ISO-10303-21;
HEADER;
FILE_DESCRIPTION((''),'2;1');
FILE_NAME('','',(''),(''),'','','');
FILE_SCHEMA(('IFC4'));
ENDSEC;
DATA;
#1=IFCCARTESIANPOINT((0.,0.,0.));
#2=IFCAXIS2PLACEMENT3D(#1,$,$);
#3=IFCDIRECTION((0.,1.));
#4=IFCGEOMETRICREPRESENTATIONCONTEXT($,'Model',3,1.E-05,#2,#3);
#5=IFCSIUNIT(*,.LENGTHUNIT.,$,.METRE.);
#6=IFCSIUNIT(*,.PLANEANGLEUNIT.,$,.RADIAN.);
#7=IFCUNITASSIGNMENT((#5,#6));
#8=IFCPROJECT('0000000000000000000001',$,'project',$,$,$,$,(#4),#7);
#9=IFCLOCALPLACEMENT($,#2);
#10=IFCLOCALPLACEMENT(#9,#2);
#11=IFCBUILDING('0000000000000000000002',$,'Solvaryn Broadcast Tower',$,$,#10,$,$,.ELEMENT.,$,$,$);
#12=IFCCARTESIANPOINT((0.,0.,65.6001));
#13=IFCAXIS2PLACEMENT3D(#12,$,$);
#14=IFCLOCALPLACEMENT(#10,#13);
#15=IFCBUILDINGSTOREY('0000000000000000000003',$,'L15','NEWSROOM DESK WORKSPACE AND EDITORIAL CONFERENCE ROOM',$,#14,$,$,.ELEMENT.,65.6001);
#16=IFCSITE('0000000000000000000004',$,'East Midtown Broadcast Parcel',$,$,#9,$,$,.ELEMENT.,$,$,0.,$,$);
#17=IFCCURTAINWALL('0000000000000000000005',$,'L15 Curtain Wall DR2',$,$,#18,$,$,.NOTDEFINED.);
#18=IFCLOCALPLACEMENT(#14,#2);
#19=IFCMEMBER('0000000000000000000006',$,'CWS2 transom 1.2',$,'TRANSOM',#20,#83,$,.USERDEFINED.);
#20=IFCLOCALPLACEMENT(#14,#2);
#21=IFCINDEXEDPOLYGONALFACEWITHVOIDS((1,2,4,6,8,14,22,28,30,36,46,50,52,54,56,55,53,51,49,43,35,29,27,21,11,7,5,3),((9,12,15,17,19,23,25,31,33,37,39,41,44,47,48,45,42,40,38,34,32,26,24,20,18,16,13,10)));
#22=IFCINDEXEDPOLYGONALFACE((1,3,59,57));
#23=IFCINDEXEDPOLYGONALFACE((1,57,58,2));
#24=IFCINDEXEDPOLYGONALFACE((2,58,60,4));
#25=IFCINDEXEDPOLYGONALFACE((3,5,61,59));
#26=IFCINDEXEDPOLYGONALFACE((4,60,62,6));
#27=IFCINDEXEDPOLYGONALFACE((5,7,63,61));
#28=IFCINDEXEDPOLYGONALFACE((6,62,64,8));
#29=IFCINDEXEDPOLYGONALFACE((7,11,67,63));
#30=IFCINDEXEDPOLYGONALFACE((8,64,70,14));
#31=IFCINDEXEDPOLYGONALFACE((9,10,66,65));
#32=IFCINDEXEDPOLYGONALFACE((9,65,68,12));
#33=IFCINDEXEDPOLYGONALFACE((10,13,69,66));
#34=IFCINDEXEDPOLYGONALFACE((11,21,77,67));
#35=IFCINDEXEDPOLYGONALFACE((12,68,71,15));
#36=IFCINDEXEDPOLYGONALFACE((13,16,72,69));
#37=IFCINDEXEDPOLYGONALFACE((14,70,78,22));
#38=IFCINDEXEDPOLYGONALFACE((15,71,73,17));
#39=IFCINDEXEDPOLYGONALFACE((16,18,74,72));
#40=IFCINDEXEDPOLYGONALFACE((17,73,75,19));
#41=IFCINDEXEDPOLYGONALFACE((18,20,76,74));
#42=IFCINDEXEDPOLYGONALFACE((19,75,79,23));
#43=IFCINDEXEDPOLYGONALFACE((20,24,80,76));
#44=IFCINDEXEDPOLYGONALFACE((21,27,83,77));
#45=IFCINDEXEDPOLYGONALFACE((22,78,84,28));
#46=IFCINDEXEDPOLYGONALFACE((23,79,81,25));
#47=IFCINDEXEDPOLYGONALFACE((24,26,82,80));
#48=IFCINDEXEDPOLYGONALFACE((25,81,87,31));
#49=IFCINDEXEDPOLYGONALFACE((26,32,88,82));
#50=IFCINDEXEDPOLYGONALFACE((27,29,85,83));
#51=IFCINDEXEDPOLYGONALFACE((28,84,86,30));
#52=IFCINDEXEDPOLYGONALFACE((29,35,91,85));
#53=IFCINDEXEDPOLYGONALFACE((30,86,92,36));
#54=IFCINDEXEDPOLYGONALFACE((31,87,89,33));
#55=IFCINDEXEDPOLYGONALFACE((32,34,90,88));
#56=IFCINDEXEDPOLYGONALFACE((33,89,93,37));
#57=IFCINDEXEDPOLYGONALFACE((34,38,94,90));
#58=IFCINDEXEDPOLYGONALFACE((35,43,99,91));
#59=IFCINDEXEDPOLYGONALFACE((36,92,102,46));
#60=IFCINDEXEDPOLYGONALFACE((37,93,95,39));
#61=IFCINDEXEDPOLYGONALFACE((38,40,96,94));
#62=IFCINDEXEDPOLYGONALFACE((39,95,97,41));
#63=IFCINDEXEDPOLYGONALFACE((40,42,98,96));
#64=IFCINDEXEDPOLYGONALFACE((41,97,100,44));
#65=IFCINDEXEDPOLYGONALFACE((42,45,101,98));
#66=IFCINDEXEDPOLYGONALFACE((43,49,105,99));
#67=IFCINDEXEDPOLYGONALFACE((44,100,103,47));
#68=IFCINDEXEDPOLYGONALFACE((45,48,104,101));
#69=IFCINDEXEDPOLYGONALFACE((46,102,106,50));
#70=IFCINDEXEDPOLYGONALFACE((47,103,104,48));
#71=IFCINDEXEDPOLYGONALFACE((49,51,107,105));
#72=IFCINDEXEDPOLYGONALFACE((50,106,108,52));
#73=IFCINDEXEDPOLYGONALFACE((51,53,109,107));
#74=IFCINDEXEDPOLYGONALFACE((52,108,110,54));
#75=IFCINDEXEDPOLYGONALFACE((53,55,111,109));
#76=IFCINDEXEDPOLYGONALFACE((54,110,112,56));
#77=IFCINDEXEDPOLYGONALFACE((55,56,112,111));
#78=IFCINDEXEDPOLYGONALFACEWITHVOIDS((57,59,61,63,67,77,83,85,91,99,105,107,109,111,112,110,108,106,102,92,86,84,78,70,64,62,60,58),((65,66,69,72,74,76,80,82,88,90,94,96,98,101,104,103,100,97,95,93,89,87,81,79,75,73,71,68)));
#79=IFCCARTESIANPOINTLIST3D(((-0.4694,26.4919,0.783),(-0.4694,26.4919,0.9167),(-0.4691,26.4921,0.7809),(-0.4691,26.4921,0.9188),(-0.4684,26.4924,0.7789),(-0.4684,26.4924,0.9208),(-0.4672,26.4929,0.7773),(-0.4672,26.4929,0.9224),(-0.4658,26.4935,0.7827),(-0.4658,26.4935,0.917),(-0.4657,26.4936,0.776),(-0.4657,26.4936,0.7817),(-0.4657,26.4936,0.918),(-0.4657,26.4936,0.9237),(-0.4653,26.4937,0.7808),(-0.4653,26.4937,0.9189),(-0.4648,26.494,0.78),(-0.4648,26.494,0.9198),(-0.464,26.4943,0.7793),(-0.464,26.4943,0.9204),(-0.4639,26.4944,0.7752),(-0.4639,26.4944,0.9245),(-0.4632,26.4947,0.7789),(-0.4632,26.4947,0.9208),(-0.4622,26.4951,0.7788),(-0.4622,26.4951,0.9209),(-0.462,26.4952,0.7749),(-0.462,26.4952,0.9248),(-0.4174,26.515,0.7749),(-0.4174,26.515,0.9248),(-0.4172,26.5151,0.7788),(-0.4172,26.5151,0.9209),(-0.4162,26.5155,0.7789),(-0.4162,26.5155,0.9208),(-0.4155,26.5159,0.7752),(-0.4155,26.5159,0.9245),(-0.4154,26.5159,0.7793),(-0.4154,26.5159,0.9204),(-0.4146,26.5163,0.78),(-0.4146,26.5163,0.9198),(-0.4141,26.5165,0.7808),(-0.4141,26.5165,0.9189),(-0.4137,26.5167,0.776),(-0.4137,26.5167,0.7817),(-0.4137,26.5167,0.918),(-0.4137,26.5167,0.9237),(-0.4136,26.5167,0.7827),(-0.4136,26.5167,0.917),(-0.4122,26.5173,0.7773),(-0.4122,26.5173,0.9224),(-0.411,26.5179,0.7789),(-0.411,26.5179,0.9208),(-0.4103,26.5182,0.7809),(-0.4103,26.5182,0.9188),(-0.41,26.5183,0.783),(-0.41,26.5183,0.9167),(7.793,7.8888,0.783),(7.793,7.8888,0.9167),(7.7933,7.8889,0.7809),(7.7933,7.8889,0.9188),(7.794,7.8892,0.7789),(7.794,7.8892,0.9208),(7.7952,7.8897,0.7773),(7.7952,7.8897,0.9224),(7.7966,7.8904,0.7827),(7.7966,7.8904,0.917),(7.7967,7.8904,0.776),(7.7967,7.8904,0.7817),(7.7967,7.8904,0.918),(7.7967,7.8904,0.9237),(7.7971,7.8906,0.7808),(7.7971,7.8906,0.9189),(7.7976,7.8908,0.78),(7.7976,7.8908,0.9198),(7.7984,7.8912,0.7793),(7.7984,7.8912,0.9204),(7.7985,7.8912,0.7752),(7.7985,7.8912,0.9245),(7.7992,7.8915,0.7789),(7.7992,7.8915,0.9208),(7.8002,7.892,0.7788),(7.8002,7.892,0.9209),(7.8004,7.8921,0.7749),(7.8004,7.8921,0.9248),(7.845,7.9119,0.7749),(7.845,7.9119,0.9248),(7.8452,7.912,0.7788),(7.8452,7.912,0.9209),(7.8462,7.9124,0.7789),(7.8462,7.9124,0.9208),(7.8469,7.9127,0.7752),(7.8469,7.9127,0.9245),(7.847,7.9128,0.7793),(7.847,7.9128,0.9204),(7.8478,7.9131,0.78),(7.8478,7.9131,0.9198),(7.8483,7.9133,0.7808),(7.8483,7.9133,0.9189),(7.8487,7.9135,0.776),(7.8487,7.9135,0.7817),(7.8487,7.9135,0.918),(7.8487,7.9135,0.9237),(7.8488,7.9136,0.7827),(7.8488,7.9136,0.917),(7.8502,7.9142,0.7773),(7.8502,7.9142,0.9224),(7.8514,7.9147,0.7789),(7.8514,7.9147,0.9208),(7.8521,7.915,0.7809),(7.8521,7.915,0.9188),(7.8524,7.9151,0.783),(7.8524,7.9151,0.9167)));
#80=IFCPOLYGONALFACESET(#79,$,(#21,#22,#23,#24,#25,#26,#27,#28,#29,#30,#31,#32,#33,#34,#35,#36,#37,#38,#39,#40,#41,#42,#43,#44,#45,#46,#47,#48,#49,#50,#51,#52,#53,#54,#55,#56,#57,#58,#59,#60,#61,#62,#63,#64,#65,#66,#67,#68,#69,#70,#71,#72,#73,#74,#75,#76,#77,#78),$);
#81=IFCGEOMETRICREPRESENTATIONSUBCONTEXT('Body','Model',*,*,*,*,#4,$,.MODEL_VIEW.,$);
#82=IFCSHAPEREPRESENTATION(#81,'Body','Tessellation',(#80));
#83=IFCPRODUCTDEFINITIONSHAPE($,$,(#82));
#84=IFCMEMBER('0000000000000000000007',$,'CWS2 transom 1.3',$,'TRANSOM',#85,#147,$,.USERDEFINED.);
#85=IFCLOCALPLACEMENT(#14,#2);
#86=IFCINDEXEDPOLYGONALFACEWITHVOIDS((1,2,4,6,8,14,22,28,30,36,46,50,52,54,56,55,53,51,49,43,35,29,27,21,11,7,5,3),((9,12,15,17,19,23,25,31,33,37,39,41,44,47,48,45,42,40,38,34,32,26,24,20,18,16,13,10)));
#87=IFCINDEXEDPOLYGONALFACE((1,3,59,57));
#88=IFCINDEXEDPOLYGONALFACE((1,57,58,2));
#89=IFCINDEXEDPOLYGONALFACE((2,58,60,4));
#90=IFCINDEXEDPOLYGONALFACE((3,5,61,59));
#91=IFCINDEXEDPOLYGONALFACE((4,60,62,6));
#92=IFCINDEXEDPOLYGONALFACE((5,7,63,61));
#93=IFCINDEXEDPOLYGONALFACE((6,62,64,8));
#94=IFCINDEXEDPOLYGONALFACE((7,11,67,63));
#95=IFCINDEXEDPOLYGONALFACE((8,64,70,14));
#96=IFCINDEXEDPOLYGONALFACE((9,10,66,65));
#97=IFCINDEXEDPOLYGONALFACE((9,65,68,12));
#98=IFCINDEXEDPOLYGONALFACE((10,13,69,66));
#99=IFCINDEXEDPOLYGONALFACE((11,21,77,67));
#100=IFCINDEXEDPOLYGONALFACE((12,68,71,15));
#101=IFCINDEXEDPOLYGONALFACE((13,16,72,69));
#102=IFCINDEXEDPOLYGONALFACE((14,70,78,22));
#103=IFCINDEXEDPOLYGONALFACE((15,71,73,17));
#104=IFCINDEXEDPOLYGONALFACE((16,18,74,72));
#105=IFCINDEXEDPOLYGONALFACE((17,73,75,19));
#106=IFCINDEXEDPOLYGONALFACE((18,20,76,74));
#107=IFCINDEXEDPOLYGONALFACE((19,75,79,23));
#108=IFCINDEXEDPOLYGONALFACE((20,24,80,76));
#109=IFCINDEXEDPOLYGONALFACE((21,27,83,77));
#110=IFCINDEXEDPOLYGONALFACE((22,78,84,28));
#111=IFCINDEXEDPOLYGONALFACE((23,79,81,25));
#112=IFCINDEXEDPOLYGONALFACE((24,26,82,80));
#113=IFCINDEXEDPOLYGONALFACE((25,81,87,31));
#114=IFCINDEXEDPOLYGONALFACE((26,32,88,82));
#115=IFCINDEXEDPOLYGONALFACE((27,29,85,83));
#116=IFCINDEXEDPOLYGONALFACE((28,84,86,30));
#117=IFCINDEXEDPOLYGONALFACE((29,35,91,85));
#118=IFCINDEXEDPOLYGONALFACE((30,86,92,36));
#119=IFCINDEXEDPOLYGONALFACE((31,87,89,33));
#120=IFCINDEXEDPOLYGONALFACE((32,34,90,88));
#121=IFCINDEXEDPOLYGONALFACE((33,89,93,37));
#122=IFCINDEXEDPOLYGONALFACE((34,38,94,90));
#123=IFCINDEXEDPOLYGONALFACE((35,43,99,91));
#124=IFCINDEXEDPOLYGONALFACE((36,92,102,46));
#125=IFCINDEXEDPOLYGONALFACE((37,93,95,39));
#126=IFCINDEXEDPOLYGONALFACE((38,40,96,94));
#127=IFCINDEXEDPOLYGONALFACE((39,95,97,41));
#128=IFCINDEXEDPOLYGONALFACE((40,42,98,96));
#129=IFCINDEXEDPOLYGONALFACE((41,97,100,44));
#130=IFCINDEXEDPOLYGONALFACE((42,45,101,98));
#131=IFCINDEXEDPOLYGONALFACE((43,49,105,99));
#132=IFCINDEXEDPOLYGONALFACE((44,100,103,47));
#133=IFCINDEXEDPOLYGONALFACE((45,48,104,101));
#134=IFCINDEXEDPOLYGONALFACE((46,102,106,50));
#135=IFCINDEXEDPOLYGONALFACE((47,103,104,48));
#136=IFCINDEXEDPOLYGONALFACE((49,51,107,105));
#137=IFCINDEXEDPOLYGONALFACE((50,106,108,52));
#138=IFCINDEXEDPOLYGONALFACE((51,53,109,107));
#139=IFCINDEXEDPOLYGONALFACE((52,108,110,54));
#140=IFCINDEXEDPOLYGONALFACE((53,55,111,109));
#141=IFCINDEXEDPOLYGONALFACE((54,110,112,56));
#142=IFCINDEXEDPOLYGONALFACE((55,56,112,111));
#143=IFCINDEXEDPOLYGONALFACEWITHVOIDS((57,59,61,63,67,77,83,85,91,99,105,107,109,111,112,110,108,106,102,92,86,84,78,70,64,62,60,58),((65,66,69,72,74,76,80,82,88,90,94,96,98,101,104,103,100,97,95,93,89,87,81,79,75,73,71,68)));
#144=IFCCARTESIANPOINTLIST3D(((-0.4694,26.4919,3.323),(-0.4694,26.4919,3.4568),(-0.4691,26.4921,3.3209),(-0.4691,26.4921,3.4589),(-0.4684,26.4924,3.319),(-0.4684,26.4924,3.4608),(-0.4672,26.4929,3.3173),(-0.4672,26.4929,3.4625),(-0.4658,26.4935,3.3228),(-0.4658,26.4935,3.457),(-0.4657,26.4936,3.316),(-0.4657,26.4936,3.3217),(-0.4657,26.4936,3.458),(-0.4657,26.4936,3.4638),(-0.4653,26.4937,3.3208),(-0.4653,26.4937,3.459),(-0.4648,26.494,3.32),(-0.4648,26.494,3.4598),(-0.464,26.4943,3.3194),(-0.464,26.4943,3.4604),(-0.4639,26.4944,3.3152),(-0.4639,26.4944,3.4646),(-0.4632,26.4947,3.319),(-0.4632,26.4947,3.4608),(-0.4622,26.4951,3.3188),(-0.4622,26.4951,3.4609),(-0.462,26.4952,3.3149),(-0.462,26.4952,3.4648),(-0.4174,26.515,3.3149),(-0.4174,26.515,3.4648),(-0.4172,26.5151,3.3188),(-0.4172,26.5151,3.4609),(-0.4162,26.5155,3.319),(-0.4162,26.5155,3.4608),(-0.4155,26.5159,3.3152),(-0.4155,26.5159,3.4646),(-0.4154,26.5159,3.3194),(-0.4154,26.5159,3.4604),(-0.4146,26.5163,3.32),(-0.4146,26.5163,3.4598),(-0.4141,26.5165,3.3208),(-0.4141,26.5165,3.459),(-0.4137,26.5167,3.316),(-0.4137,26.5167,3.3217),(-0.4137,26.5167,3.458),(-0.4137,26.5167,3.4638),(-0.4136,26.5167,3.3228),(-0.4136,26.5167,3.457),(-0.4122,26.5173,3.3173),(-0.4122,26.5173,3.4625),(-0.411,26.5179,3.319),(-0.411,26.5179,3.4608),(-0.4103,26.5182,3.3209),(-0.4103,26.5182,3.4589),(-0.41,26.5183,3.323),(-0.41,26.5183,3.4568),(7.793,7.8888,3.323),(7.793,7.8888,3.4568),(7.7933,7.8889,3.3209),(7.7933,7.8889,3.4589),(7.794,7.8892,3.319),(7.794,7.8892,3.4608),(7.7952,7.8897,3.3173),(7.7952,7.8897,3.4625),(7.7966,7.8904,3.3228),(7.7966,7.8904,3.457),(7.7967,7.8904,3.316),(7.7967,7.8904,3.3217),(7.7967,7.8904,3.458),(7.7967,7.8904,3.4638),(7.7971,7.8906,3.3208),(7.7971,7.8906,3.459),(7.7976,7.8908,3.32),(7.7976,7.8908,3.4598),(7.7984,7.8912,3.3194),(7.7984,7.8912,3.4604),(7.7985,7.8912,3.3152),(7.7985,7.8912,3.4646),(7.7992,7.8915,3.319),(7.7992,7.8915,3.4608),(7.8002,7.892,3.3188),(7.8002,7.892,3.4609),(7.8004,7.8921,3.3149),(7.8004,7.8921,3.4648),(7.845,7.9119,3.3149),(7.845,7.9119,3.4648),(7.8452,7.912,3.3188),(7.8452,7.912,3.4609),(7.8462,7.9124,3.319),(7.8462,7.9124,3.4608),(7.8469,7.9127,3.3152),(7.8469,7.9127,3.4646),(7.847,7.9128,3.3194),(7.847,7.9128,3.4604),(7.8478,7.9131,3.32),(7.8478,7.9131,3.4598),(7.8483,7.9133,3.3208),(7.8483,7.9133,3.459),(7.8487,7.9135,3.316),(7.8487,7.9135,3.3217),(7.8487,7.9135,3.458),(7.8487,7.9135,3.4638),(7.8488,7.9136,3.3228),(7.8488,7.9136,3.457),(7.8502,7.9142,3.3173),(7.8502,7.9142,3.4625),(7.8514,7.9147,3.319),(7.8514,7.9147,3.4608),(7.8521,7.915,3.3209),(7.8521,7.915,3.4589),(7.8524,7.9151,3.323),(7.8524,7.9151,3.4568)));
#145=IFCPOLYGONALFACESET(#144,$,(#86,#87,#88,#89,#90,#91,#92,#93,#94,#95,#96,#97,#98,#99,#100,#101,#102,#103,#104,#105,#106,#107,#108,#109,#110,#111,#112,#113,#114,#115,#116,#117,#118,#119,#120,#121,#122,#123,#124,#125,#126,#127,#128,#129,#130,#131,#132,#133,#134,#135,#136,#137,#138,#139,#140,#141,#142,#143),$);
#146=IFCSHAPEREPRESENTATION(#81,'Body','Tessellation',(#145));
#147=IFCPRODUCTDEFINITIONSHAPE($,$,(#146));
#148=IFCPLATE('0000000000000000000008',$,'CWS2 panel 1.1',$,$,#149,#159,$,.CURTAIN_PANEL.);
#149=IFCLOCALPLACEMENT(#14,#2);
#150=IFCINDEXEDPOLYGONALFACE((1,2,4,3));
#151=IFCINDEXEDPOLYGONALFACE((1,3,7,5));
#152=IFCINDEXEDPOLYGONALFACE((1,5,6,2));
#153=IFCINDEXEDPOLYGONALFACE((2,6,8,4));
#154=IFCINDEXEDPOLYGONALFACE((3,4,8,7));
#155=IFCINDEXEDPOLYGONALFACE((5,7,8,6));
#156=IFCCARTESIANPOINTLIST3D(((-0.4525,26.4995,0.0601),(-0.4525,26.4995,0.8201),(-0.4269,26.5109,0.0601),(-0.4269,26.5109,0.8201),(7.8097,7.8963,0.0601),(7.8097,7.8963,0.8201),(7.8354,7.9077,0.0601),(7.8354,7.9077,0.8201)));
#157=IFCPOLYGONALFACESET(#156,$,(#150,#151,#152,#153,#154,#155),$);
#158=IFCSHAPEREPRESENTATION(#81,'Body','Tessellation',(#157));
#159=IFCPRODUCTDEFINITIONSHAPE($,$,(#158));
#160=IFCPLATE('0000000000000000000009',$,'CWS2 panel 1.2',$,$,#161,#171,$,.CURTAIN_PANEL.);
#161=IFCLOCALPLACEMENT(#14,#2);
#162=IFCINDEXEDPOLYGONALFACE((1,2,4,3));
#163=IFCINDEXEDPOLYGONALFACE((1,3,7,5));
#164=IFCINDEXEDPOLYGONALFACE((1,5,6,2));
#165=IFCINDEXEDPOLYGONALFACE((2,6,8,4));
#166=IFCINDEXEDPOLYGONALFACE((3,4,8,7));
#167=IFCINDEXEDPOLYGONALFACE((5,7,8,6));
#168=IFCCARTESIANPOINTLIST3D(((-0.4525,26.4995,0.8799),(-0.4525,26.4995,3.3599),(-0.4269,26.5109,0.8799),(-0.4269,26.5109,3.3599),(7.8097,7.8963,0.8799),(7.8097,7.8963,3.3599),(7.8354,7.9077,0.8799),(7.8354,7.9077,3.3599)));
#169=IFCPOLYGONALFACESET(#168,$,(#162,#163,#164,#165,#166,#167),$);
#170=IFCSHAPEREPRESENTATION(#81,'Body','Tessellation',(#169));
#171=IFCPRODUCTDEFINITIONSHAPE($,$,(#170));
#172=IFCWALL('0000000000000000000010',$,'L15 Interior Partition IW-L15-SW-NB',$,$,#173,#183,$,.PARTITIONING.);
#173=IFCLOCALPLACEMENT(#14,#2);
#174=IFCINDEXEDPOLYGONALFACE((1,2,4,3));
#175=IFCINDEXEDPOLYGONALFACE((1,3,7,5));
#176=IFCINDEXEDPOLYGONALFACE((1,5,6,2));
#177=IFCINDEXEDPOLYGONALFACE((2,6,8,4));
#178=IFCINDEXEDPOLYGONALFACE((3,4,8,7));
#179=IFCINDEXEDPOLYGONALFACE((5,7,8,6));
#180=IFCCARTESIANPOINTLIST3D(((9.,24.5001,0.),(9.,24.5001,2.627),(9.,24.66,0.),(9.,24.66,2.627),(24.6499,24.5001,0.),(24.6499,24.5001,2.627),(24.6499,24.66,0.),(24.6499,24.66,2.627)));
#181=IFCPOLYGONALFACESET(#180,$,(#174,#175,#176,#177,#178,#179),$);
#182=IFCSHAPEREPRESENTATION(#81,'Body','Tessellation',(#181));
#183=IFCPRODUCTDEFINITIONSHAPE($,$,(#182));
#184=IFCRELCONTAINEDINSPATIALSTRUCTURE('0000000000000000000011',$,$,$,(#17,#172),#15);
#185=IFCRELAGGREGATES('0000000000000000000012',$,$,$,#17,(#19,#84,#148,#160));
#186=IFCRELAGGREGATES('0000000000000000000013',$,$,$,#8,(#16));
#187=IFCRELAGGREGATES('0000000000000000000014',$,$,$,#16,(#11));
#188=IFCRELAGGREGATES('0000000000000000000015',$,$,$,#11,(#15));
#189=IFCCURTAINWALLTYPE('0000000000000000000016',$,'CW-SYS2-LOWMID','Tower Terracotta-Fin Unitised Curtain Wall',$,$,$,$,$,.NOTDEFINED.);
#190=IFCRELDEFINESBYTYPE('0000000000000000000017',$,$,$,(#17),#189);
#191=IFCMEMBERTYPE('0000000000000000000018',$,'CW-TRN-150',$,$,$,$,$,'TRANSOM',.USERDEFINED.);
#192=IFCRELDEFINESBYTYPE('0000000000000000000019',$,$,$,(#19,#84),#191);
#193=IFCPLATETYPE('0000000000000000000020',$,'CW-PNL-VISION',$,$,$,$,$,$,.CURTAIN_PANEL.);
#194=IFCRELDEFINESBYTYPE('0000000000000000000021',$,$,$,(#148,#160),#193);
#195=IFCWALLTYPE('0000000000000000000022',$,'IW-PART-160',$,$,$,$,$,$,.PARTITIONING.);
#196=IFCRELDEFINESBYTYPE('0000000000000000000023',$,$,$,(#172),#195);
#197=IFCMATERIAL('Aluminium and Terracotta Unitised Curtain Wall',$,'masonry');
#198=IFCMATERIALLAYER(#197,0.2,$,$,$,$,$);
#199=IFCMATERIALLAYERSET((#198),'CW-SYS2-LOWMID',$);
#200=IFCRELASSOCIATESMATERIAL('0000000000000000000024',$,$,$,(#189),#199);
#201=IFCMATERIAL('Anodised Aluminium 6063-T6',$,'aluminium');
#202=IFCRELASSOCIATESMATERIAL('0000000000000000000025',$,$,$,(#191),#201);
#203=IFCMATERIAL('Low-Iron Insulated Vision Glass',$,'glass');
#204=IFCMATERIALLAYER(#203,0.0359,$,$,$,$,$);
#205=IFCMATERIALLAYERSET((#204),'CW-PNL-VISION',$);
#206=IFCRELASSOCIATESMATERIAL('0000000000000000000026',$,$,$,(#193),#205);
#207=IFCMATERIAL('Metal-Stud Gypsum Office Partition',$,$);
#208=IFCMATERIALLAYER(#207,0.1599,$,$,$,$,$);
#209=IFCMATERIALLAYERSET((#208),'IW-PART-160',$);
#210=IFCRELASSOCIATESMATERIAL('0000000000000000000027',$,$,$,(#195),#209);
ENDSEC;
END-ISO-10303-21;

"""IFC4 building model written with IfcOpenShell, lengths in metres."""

from ifc_helpers import new_model, si_unit, direction, frame, frame_2d, origin, origin_2d, place, context, subcontext, project, spatial, rectangle, hollow_rectangle, extrude, material, layer, layer_set, material_profile, profile_set, type_object, element, aggregate, save


model = new_model("IFC4")

# Units and contexts
model_context = context("Model", 3, precision=1e-05, world=origin(), true_north=direction((0.0, 1.0)))
body_context = subcontext(model_context, "Body", "Model", "MODEL_VIEW")
ifc_project = project(units=[si_unit("LENGTHUNIT", "METRE"), si_unit("PLANEANGLEUNIT", "RADIAN")], contexts=[model_context])

# Site, building, storey
site_placement = place(None, origin())
site = spatial("IfcSite", under=ifc_project, at=site_placement, Name="East Midtown Broadcast Parcel", CompositionType="ELEMENT", RefElevation=0.0)
building_placement = place(site_placement, origin())
building = spatial("IfcBuilding", under=site, at=building_placement, Name="Solvaryn Broadcast Tower", CompositionType="ELEMENT")
storey_placement = place(building_placement, frame((0.0, 0.0, 65.6001)))
storey = spatial("IfcBuildingStorey", under=building, at=storey_placement, Name="L15", Description="NEWSROOM DESK WORKSPACE AND EDITORIAL CONFERENCE ROOM", CompositionType="ELEMENT", Elevation=65.6001)

# Shared definitions
ifc_material_1 = material(Name="Aluminium and Terracotta Unitised Curtain Wall", Category="masonry")
ifc_layer_1 = layer(ifc_material_1, 0.2)
ifc_layer_set_1 = layer_set([ifc_layer_1], Name="CW-SYS2-LOWMID")
curtain_wall_type = type_object("IfcCurtainWallType", Name="CW-SYS2-LOWMID", Description="Tower Terracotta-Fin Unitised Curtain Wall", PredefinedType="NOTDEFINED", material=ifc_layer_set_1)

# Curtain wall, members, plates
curtain_wall_1_placement = place(storey_placement, origin())
curtain_wall_1 = element("IfcCurtainWall", 1, at=curtain_wall_1_placement, inside=storey, type_object=curtain_wall_type, Name="L15 Curtain Wall DR2", PredefinedType="NOTDEFINED")
ifc_material_2 = material(Name="Anodised Aluminium 6063-T6", Category="aluminium")
ifc_material_profile_1 = material_profile(ifc_material_2, hollow_rectangle(XDim=0.0649, YDim=0.1499, WallThickness=0.0039, InnerFilletRadius=0.0039, OuterFilletRadius=0.0081, at=origin_2d()))
ifc_profile_set_1 = profile_set([ifc_material_profile_1], Name="Anodised Aluminium 6063-T6")
member_type_1 = type_object("IfcMemberType", Name="CW-TRN-150", ElementType="TRANSOM", PredefinedType="USERDEFINED", material=ifc_profile_set_1)
member_1_placement = place(storey_placement, frame((-0.4397, 26.5051, 0.8499), z_axis=(0.405906, -0.913915, 0.0), x_axis=(0.913915, 0.405906, 0.0)))
member_1 = element("IfcMember", 2, at=member_1_placement, type_object=member_type_1, Name="CWS2 transom 1.2", ObjectType="TRANSOM", PredefinedType="USERDEFINED", context=body_context, shape_type="SweptSolid", body=[
    extrude(hollow_rectangle(XDim=0.0649, YDim=0.1499, WallThickness=0.0039, InnerFilletRadius=0.0039, OuterFilletRadius=0.0081, at=origin_2d()), origin(), (0.0, 0.0, 1.0), 20.3555),
])
member_2_placement = place(storey_placement, frame((-0.4397, 26.5051, 3.3899), z_axis=(0.405906, -0.913915, 0.0), x_axis=(0.913915, 0.405906, 0.0)))
member_2 = element("IfcMember", 3, at=member_2_placement, type_object=member_type_1, Name="CWS2 transom 1.3", ObjectType="TRANSOM", PredefinedType="USERDEFINED", context=body_context, shape_type="SweptSolid", body=[
    extrude(hollow_rectangle(XDim=0.0649, YDim=0.1499, WallThickness=0.0039, InnerFilletRadius=0.0039, OuterFilletRadius=0.0081, at=origin_2d()), origin(), (0.0, 0.0, 1.0), 20.3555),
])
ifc_material_3 = material(Name="Low-Iron Insulated Vision Glass", Category="glass")
ifc_layer_2 = layer(ifc_material_3, 0.0359)
ifc_layer_set_2 = layer_set([ifc_layer_2], Name="CW-PNL-VISION")
plate_type = type_object("IfcPlateType", Name="CW-PNL-VISION", PredefinedType="CURTAIN_PANEL", material=ifc_layer_set_2)
plate_1_placement = place(storey_placement, frame((3.6914, 17.2036, 0.0601), z_axis=(0.0, 0.0, 1.0), x_axis=(0.405898, -0.913918, 0.0)))
plate_1 = element("IfcPlate", 4, at=plate_1_placement, type_object=plate_type, Name="CWS2 panel 1.1", PredefinedType="CURTAIN_PANEL", context=body_context, shape_type="SweptSolid", body=[
    extrude(rectangle(XDim=20.3555, YDim=0.0281, at=origin_2d()), origin(), (0.0, 0.0, 1.0), 0.76),
])
plate_2_placement = place(storey_placement, frame((3.6914, 17.2036, 0.8799), z_axis=(0.0, 0.0, 1.0), x_axis=(0.405898, -0.913918, 0.0)))
plate_2 = element("IfcPlate", 5, at=plate_2_placement, type_object=plate_type, Name="CWS2 panel 1.2", PredefinedType="CURTAIN_PANEL", context=body_context, shape_type="SweptSolid", body=[
    extrude(rectangle(XDim=20.3555, YDim=0.0281, at=origin_2d()), origin(), (0.0, 0.0, 1.0), 2.48),
])
aggregate(curtain_wall_1, [member_1, member_2, plate_1, plate_2])

# Shared definitions
ifc_material_4 = material(Name="Metal-Stud Gypsum Office Partition")
ifc_layer_3 = layer(ifc_material_4, 0.1599)
ifc_layer_set_3 = layer_set([ifc_layer_3], Name="IW-PART-160")
wall_type = type_object("IfcWallType", Name="IW-PART-160", PredefinedType="PARTITIONING", material=ifc_layer_set_3)

# Wall
wall_1_placement = place(storey_placement, frame((9.0, 24.5801, 0.0), z_axis=(0.0, 0.0, 1.0), x_axis=(1.0, 0.0, 0.0)))
element("IfcWall", 6, at=wall_1_placement, inside=storey, type_object=wall_type, Name="L15 Interior Partition IW-L15-SW-NB", PredefinedType="PARTITIONING", context=body_context, shape_type="SweptSolid", body=[
    extrude(rectangle(XDim=15.6499, YDim=0.1599, at=frame_2d((7.825, 0.0))), origin(), (0.0, 0.0, 1.0), 2.627),
])

save(model, "model.ifc")
